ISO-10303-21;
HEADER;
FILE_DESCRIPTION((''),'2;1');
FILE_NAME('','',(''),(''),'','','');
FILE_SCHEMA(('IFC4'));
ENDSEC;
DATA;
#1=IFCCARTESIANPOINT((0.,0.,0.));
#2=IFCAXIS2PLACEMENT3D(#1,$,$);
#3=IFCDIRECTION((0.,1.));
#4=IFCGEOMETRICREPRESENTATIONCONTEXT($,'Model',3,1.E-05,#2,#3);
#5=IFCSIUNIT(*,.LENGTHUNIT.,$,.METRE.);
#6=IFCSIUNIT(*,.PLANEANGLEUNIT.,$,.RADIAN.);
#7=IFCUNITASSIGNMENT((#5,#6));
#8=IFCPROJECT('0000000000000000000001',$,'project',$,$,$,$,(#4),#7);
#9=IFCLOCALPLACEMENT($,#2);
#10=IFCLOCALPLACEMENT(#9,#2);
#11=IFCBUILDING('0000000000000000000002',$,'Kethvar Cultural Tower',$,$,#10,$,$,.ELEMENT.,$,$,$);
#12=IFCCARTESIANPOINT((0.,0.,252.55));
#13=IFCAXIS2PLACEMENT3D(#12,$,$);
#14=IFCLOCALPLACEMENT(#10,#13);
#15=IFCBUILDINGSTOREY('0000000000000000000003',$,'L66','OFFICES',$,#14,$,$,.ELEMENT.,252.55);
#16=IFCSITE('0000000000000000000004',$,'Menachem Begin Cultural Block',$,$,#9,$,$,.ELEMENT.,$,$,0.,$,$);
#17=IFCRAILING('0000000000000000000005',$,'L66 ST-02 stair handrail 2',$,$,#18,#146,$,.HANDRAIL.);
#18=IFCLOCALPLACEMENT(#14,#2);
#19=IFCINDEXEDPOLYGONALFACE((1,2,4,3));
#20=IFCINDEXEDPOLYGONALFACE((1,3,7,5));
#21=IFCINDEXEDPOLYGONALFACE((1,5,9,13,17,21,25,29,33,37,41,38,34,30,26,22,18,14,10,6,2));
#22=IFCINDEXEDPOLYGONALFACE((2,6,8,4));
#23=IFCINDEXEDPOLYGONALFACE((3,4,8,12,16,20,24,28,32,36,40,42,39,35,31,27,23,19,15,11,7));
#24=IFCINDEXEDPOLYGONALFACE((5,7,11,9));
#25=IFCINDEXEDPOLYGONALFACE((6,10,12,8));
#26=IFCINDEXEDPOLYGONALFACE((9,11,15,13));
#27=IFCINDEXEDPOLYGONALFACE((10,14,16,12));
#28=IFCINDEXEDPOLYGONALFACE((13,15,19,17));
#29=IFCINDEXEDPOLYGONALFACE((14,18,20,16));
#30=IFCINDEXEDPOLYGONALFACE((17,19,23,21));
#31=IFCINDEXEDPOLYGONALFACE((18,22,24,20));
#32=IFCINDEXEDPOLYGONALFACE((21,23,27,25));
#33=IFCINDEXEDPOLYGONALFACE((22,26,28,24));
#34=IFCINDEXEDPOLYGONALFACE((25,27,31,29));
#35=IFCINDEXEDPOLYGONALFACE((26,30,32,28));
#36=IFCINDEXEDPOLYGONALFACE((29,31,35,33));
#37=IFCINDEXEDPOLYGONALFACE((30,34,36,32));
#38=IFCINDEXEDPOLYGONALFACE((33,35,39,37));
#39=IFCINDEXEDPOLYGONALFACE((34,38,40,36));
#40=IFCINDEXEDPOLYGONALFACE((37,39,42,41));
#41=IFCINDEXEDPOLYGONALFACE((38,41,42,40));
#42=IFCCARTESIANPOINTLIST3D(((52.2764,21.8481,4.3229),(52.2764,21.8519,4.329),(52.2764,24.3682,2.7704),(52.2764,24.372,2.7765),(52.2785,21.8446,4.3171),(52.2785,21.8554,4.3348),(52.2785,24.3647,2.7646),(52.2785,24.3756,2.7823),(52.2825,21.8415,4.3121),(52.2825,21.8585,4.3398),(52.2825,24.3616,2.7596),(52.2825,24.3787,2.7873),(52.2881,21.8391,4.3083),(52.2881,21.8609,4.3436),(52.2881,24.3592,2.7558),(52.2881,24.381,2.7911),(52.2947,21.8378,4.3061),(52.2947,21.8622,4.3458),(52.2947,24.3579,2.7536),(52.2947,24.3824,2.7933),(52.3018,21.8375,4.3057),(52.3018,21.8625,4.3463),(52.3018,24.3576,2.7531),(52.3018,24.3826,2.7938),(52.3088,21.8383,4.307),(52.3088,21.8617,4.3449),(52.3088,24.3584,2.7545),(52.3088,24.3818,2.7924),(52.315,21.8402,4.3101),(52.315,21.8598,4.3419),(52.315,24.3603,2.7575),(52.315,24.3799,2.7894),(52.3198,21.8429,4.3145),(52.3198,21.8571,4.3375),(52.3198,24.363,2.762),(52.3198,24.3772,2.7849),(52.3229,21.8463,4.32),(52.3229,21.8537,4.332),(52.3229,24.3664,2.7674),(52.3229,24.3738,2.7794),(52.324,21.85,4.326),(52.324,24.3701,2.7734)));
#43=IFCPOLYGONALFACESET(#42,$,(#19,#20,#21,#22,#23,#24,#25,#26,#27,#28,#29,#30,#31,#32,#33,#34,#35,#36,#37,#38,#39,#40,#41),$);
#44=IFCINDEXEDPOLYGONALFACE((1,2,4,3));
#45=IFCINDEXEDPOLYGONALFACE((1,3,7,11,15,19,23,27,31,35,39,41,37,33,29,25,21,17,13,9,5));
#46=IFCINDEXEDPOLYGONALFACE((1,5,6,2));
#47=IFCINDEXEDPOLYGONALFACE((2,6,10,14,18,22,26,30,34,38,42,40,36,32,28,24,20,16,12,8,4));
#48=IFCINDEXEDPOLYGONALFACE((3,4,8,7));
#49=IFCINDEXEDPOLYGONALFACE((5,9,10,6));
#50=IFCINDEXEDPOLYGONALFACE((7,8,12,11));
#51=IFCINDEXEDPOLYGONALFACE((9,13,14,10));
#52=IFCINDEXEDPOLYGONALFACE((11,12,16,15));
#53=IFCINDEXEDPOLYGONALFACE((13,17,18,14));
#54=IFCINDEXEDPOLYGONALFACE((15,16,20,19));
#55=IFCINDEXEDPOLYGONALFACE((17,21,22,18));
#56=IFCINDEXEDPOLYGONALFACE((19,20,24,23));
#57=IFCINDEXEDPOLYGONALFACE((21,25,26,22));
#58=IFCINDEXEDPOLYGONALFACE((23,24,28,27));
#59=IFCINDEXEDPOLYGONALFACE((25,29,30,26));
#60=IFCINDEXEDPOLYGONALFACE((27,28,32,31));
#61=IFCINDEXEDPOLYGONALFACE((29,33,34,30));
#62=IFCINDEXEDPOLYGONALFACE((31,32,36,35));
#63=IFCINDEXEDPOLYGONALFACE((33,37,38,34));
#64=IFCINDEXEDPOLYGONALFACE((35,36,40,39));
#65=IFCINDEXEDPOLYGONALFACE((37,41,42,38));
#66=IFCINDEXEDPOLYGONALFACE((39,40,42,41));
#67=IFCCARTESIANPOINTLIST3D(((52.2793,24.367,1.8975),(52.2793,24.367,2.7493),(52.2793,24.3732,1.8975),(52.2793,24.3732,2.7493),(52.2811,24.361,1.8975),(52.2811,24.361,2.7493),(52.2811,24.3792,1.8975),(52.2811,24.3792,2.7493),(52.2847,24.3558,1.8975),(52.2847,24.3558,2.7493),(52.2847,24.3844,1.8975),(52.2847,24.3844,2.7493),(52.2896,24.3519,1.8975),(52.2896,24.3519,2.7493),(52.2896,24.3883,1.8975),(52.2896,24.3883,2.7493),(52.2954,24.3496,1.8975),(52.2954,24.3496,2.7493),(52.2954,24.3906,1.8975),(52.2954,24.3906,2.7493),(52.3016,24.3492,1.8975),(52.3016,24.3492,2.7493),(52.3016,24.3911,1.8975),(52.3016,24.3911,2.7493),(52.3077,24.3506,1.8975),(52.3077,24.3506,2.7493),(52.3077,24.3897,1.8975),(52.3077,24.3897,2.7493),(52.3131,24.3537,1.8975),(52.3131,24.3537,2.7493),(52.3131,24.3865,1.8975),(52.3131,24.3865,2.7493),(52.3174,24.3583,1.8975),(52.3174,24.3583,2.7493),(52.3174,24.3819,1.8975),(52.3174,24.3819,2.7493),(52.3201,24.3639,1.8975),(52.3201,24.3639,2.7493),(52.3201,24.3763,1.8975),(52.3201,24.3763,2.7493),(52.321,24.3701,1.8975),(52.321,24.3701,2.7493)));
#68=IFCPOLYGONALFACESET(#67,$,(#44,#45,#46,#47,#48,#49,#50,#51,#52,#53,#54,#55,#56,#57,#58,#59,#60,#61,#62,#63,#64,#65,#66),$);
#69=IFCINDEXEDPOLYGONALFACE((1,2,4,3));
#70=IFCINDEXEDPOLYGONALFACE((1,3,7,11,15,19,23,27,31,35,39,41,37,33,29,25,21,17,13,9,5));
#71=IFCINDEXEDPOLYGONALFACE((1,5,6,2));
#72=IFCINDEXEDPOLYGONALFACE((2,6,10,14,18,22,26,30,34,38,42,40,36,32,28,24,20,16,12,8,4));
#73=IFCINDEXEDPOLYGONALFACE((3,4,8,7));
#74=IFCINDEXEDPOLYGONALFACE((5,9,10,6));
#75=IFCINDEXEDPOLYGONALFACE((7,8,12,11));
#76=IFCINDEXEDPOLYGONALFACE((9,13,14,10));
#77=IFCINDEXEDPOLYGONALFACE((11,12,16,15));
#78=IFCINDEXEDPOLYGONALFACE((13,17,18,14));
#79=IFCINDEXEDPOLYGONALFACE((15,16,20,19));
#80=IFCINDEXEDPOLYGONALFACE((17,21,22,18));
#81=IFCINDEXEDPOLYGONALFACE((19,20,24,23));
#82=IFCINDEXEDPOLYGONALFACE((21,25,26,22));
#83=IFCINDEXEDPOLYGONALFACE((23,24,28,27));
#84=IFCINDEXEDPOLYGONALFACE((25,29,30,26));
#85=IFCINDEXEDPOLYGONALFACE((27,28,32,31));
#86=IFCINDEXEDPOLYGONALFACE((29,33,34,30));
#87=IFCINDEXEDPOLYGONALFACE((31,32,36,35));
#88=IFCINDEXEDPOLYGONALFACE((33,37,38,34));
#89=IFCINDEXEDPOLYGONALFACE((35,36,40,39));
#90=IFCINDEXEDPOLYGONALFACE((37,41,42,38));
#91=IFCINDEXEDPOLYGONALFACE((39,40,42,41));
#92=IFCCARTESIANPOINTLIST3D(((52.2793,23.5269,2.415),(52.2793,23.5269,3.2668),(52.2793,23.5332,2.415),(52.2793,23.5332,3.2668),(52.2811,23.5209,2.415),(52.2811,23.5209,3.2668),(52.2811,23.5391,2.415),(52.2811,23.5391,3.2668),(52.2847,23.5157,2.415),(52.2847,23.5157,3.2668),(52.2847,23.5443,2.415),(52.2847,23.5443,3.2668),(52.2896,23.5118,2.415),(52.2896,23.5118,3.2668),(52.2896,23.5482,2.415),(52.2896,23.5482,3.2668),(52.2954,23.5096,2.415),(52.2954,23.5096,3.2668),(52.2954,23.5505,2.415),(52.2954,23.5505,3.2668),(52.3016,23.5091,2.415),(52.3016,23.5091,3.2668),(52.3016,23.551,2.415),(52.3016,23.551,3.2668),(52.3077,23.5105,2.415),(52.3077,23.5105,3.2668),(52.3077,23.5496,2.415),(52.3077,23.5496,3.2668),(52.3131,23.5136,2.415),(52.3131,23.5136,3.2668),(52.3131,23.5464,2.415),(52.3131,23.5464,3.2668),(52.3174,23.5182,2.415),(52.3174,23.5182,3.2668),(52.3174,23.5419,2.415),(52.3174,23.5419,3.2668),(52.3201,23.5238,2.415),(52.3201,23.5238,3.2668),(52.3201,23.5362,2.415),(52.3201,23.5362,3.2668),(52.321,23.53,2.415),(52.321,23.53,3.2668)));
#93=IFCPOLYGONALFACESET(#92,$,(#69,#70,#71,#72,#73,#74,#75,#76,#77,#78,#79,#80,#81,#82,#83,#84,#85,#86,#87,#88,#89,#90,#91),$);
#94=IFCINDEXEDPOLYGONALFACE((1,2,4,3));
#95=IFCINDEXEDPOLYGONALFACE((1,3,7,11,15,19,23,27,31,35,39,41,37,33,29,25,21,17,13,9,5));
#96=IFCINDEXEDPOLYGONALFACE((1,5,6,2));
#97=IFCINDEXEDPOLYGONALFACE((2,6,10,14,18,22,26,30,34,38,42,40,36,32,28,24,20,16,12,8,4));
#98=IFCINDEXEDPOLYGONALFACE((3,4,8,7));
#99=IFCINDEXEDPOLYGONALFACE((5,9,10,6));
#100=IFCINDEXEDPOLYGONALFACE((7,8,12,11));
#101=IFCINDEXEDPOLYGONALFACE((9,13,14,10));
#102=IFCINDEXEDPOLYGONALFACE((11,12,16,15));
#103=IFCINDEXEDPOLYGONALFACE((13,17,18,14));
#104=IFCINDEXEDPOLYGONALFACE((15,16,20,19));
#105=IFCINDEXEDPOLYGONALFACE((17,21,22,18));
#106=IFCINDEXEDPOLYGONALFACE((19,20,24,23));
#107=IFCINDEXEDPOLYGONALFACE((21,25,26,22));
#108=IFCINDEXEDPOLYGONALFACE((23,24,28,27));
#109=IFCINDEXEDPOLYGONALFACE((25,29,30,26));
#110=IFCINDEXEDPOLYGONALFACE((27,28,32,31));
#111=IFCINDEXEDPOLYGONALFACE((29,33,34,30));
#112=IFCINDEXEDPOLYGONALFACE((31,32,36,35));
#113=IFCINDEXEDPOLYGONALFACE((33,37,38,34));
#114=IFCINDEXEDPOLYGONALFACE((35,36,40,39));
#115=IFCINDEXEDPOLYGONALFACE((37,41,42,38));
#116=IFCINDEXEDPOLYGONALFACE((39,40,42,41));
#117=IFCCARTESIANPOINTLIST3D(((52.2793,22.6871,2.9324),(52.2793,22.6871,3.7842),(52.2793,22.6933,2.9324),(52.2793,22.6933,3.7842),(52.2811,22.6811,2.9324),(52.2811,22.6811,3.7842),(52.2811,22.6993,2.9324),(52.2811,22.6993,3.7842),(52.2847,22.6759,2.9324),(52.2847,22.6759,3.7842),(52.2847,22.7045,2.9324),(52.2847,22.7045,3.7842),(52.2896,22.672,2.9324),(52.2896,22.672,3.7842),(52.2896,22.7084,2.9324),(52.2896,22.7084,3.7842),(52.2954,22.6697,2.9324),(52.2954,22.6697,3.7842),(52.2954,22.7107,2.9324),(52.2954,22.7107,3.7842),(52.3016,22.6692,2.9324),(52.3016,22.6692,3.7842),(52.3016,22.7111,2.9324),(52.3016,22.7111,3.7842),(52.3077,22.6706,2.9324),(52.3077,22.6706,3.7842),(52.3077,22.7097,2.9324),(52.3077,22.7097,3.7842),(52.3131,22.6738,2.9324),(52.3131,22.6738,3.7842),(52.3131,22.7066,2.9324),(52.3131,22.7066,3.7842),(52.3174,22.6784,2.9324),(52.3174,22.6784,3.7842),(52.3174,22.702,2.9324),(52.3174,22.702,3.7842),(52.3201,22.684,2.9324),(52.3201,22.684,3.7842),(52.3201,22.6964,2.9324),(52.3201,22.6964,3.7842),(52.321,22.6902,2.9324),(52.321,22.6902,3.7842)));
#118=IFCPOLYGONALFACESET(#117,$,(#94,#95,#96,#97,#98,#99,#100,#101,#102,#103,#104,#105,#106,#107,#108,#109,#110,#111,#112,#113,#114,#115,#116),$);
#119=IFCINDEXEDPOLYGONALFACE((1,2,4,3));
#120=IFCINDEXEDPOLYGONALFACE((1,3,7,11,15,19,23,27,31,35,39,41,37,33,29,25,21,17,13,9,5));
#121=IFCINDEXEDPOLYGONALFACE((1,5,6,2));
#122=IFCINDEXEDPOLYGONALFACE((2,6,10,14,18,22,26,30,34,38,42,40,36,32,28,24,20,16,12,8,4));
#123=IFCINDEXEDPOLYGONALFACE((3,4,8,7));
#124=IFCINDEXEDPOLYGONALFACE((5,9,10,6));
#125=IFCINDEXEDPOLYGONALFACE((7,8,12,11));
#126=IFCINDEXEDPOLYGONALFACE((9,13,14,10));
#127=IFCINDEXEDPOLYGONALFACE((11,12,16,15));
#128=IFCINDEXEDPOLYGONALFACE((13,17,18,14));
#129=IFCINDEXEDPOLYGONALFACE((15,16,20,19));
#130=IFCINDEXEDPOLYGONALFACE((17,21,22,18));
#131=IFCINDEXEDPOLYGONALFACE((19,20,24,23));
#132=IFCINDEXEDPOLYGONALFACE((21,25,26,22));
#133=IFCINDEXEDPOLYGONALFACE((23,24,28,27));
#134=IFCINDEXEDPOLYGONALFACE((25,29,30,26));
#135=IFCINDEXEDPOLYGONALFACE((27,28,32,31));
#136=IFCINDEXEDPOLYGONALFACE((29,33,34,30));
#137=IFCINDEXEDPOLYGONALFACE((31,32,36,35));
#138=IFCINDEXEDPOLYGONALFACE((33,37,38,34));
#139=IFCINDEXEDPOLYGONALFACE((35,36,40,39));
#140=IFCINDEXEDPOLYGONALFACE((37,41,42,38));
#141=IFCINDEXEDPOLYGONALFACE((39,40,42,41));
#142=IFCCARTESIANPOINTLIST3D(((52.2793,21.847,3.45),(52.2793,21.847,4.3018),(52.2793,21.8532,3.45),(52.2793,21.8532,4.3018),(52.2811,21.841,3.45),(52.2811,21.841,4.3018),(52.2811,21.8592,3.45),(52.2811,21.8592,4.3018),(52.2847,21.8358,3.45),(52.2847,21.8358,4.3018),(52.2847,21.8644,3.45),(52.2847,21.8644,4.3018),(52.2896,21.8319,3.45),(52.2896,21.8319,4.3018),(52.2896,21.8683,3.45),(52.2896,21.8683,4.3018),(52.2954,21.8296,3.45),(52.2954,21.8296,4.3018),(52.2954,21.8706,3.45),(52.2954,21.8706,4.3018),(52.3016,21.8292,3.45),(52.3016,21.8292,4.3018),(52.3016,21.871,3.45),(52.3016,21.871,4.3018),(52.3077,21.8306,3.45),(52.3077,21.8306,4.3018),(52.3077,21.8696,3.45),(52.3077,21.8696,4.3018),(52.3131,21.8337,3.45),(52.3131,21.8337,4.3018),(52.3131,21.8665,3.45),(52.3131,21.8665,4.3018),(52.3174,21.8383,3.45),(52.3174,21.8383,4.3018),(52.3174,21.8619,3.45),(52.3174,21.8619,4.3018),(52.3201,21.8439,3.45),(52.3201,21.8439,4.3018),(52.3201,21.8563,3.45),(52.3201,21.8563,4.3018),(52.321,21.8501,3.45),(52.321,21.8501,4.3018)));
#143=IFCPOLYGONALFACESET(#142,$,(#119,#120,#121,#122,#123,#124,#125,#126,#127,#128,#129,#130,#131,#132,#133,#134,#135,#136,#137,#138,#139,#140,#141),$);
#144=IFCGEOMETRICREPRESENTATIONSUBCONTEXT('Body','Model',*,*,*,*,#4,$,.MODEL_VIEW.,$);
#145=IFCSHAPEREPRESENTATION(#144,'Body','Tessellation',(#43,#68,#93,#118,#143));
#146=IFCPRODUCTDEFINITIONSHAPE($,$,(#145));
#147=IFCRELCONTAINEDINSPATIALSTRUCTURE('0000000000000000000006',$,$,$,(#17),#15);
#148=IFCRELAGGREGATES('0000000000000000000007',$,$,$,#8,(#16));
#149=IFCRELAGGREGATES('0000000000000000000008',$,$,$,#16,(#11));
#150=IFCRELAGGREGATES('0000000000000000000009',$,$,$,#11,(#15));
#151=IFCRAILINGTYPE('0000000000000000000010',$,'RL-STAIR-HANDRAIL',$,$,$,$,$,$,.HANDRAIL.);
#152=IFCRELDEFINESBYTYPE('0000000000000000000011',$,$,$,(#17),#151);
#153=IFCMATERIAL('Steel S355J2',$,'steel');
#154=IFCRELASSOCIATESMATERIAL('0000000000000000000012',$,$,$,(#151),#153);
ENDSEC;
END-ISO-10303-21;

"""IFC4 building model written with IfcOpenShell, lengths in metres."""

from ifc_helpers import new_model, si_unit, direction, frame, origin, origin_2d, place, context, subcontext, project, spatial, circle, extrude, material, type_object, element, save


model = new_model("IFC4")

# Units and contexts
model_context = context("Model", 3, precision=1e-05, world=origin(), true_north=direction((0.0, 1.0)))
body_context = subcontext(model_context, "Body", "Model", "MODEL_VIEW")
ifc_project = project(units=[si_unit("LENGTHUNIT", "METRE"), si_unit("PLANEANGLEUNIT", "RADIAN")], contexts=[model_context])

# Site, building, storey
site_placement = place(None, origin())
site = spatial("IfcSite", under=ifc_project, at=site_placement, Name="Menachem Begin Cultural Block", CompositionType="ELEMENT", RefElevation=0.0)
building_placement = place(site_placement, origin())
building = spatial("IfcBuilding", under=site, at=building_placement, Name="Kethvar Cultural Tower", CompositionType="ELEMENT")
storey_placement = place(building_placement, frame((0.0, 0.0, 252.55)))
storey = spatial("IfcBuildingStorey", under=building, at=storey_placement, Name="L66", Description="OFFICES", CompositionType="ELEMENT", Elevation=252.55)

# Shared definitions
ifc_material_1 = material(Name="Steel S355J2", Category="steel")

# Railing
railing_type_1 = type_object("IfcRailingType", Name="RL-STAIR-HANDRAIL", PredefinedType="HANDRAIL", material=ifc_material_1)
railing_1_placement = place(storey_placement, frame((52.3, 24.3701, 1.8975)))
element("IfcRailing", 1, at=railing_1_placement, inside=storey, type_object=railing_type_1, Name="L66 ST-02 stair handrail 2", PredefinedType="HANDRAIL", context=body_context, shape_type="SweptSolid", body=[
    extrude(circle(Radius=0.0239, at=origin_2d()), frame((0.0, 0.0, 0.876), z_axis=(0.0, -0.8514, 0.524516), x_axis=(1.0, 0.0, 0.0)), (0.0, 0.0, 1.0), 2.96),
    extrude(circle(Radius=0.021, at=origin_2d()), origin(), (0.0, 0.0, 1.0), 0.8518),
    extrude(circle(Radius=0.021, at=origin_2d()), frame((0.0, -0.8401, 0.5176)), (0.0, 0.0, 1.0), 0.8518),
    extrude(circle(Radius=0.021, at=origin_2d()), frame((0.0, -1.6799, 1.0349)), (0.0, 0.0, 1.0), 0.8518),
    extrude(circle(Radius=0.021, at=origin_2d()), frame((0.0, -2.52, 1.5525)), (0.0, 0.0, 1.0), 0.8518),
])

save(model, "model.ifc")
